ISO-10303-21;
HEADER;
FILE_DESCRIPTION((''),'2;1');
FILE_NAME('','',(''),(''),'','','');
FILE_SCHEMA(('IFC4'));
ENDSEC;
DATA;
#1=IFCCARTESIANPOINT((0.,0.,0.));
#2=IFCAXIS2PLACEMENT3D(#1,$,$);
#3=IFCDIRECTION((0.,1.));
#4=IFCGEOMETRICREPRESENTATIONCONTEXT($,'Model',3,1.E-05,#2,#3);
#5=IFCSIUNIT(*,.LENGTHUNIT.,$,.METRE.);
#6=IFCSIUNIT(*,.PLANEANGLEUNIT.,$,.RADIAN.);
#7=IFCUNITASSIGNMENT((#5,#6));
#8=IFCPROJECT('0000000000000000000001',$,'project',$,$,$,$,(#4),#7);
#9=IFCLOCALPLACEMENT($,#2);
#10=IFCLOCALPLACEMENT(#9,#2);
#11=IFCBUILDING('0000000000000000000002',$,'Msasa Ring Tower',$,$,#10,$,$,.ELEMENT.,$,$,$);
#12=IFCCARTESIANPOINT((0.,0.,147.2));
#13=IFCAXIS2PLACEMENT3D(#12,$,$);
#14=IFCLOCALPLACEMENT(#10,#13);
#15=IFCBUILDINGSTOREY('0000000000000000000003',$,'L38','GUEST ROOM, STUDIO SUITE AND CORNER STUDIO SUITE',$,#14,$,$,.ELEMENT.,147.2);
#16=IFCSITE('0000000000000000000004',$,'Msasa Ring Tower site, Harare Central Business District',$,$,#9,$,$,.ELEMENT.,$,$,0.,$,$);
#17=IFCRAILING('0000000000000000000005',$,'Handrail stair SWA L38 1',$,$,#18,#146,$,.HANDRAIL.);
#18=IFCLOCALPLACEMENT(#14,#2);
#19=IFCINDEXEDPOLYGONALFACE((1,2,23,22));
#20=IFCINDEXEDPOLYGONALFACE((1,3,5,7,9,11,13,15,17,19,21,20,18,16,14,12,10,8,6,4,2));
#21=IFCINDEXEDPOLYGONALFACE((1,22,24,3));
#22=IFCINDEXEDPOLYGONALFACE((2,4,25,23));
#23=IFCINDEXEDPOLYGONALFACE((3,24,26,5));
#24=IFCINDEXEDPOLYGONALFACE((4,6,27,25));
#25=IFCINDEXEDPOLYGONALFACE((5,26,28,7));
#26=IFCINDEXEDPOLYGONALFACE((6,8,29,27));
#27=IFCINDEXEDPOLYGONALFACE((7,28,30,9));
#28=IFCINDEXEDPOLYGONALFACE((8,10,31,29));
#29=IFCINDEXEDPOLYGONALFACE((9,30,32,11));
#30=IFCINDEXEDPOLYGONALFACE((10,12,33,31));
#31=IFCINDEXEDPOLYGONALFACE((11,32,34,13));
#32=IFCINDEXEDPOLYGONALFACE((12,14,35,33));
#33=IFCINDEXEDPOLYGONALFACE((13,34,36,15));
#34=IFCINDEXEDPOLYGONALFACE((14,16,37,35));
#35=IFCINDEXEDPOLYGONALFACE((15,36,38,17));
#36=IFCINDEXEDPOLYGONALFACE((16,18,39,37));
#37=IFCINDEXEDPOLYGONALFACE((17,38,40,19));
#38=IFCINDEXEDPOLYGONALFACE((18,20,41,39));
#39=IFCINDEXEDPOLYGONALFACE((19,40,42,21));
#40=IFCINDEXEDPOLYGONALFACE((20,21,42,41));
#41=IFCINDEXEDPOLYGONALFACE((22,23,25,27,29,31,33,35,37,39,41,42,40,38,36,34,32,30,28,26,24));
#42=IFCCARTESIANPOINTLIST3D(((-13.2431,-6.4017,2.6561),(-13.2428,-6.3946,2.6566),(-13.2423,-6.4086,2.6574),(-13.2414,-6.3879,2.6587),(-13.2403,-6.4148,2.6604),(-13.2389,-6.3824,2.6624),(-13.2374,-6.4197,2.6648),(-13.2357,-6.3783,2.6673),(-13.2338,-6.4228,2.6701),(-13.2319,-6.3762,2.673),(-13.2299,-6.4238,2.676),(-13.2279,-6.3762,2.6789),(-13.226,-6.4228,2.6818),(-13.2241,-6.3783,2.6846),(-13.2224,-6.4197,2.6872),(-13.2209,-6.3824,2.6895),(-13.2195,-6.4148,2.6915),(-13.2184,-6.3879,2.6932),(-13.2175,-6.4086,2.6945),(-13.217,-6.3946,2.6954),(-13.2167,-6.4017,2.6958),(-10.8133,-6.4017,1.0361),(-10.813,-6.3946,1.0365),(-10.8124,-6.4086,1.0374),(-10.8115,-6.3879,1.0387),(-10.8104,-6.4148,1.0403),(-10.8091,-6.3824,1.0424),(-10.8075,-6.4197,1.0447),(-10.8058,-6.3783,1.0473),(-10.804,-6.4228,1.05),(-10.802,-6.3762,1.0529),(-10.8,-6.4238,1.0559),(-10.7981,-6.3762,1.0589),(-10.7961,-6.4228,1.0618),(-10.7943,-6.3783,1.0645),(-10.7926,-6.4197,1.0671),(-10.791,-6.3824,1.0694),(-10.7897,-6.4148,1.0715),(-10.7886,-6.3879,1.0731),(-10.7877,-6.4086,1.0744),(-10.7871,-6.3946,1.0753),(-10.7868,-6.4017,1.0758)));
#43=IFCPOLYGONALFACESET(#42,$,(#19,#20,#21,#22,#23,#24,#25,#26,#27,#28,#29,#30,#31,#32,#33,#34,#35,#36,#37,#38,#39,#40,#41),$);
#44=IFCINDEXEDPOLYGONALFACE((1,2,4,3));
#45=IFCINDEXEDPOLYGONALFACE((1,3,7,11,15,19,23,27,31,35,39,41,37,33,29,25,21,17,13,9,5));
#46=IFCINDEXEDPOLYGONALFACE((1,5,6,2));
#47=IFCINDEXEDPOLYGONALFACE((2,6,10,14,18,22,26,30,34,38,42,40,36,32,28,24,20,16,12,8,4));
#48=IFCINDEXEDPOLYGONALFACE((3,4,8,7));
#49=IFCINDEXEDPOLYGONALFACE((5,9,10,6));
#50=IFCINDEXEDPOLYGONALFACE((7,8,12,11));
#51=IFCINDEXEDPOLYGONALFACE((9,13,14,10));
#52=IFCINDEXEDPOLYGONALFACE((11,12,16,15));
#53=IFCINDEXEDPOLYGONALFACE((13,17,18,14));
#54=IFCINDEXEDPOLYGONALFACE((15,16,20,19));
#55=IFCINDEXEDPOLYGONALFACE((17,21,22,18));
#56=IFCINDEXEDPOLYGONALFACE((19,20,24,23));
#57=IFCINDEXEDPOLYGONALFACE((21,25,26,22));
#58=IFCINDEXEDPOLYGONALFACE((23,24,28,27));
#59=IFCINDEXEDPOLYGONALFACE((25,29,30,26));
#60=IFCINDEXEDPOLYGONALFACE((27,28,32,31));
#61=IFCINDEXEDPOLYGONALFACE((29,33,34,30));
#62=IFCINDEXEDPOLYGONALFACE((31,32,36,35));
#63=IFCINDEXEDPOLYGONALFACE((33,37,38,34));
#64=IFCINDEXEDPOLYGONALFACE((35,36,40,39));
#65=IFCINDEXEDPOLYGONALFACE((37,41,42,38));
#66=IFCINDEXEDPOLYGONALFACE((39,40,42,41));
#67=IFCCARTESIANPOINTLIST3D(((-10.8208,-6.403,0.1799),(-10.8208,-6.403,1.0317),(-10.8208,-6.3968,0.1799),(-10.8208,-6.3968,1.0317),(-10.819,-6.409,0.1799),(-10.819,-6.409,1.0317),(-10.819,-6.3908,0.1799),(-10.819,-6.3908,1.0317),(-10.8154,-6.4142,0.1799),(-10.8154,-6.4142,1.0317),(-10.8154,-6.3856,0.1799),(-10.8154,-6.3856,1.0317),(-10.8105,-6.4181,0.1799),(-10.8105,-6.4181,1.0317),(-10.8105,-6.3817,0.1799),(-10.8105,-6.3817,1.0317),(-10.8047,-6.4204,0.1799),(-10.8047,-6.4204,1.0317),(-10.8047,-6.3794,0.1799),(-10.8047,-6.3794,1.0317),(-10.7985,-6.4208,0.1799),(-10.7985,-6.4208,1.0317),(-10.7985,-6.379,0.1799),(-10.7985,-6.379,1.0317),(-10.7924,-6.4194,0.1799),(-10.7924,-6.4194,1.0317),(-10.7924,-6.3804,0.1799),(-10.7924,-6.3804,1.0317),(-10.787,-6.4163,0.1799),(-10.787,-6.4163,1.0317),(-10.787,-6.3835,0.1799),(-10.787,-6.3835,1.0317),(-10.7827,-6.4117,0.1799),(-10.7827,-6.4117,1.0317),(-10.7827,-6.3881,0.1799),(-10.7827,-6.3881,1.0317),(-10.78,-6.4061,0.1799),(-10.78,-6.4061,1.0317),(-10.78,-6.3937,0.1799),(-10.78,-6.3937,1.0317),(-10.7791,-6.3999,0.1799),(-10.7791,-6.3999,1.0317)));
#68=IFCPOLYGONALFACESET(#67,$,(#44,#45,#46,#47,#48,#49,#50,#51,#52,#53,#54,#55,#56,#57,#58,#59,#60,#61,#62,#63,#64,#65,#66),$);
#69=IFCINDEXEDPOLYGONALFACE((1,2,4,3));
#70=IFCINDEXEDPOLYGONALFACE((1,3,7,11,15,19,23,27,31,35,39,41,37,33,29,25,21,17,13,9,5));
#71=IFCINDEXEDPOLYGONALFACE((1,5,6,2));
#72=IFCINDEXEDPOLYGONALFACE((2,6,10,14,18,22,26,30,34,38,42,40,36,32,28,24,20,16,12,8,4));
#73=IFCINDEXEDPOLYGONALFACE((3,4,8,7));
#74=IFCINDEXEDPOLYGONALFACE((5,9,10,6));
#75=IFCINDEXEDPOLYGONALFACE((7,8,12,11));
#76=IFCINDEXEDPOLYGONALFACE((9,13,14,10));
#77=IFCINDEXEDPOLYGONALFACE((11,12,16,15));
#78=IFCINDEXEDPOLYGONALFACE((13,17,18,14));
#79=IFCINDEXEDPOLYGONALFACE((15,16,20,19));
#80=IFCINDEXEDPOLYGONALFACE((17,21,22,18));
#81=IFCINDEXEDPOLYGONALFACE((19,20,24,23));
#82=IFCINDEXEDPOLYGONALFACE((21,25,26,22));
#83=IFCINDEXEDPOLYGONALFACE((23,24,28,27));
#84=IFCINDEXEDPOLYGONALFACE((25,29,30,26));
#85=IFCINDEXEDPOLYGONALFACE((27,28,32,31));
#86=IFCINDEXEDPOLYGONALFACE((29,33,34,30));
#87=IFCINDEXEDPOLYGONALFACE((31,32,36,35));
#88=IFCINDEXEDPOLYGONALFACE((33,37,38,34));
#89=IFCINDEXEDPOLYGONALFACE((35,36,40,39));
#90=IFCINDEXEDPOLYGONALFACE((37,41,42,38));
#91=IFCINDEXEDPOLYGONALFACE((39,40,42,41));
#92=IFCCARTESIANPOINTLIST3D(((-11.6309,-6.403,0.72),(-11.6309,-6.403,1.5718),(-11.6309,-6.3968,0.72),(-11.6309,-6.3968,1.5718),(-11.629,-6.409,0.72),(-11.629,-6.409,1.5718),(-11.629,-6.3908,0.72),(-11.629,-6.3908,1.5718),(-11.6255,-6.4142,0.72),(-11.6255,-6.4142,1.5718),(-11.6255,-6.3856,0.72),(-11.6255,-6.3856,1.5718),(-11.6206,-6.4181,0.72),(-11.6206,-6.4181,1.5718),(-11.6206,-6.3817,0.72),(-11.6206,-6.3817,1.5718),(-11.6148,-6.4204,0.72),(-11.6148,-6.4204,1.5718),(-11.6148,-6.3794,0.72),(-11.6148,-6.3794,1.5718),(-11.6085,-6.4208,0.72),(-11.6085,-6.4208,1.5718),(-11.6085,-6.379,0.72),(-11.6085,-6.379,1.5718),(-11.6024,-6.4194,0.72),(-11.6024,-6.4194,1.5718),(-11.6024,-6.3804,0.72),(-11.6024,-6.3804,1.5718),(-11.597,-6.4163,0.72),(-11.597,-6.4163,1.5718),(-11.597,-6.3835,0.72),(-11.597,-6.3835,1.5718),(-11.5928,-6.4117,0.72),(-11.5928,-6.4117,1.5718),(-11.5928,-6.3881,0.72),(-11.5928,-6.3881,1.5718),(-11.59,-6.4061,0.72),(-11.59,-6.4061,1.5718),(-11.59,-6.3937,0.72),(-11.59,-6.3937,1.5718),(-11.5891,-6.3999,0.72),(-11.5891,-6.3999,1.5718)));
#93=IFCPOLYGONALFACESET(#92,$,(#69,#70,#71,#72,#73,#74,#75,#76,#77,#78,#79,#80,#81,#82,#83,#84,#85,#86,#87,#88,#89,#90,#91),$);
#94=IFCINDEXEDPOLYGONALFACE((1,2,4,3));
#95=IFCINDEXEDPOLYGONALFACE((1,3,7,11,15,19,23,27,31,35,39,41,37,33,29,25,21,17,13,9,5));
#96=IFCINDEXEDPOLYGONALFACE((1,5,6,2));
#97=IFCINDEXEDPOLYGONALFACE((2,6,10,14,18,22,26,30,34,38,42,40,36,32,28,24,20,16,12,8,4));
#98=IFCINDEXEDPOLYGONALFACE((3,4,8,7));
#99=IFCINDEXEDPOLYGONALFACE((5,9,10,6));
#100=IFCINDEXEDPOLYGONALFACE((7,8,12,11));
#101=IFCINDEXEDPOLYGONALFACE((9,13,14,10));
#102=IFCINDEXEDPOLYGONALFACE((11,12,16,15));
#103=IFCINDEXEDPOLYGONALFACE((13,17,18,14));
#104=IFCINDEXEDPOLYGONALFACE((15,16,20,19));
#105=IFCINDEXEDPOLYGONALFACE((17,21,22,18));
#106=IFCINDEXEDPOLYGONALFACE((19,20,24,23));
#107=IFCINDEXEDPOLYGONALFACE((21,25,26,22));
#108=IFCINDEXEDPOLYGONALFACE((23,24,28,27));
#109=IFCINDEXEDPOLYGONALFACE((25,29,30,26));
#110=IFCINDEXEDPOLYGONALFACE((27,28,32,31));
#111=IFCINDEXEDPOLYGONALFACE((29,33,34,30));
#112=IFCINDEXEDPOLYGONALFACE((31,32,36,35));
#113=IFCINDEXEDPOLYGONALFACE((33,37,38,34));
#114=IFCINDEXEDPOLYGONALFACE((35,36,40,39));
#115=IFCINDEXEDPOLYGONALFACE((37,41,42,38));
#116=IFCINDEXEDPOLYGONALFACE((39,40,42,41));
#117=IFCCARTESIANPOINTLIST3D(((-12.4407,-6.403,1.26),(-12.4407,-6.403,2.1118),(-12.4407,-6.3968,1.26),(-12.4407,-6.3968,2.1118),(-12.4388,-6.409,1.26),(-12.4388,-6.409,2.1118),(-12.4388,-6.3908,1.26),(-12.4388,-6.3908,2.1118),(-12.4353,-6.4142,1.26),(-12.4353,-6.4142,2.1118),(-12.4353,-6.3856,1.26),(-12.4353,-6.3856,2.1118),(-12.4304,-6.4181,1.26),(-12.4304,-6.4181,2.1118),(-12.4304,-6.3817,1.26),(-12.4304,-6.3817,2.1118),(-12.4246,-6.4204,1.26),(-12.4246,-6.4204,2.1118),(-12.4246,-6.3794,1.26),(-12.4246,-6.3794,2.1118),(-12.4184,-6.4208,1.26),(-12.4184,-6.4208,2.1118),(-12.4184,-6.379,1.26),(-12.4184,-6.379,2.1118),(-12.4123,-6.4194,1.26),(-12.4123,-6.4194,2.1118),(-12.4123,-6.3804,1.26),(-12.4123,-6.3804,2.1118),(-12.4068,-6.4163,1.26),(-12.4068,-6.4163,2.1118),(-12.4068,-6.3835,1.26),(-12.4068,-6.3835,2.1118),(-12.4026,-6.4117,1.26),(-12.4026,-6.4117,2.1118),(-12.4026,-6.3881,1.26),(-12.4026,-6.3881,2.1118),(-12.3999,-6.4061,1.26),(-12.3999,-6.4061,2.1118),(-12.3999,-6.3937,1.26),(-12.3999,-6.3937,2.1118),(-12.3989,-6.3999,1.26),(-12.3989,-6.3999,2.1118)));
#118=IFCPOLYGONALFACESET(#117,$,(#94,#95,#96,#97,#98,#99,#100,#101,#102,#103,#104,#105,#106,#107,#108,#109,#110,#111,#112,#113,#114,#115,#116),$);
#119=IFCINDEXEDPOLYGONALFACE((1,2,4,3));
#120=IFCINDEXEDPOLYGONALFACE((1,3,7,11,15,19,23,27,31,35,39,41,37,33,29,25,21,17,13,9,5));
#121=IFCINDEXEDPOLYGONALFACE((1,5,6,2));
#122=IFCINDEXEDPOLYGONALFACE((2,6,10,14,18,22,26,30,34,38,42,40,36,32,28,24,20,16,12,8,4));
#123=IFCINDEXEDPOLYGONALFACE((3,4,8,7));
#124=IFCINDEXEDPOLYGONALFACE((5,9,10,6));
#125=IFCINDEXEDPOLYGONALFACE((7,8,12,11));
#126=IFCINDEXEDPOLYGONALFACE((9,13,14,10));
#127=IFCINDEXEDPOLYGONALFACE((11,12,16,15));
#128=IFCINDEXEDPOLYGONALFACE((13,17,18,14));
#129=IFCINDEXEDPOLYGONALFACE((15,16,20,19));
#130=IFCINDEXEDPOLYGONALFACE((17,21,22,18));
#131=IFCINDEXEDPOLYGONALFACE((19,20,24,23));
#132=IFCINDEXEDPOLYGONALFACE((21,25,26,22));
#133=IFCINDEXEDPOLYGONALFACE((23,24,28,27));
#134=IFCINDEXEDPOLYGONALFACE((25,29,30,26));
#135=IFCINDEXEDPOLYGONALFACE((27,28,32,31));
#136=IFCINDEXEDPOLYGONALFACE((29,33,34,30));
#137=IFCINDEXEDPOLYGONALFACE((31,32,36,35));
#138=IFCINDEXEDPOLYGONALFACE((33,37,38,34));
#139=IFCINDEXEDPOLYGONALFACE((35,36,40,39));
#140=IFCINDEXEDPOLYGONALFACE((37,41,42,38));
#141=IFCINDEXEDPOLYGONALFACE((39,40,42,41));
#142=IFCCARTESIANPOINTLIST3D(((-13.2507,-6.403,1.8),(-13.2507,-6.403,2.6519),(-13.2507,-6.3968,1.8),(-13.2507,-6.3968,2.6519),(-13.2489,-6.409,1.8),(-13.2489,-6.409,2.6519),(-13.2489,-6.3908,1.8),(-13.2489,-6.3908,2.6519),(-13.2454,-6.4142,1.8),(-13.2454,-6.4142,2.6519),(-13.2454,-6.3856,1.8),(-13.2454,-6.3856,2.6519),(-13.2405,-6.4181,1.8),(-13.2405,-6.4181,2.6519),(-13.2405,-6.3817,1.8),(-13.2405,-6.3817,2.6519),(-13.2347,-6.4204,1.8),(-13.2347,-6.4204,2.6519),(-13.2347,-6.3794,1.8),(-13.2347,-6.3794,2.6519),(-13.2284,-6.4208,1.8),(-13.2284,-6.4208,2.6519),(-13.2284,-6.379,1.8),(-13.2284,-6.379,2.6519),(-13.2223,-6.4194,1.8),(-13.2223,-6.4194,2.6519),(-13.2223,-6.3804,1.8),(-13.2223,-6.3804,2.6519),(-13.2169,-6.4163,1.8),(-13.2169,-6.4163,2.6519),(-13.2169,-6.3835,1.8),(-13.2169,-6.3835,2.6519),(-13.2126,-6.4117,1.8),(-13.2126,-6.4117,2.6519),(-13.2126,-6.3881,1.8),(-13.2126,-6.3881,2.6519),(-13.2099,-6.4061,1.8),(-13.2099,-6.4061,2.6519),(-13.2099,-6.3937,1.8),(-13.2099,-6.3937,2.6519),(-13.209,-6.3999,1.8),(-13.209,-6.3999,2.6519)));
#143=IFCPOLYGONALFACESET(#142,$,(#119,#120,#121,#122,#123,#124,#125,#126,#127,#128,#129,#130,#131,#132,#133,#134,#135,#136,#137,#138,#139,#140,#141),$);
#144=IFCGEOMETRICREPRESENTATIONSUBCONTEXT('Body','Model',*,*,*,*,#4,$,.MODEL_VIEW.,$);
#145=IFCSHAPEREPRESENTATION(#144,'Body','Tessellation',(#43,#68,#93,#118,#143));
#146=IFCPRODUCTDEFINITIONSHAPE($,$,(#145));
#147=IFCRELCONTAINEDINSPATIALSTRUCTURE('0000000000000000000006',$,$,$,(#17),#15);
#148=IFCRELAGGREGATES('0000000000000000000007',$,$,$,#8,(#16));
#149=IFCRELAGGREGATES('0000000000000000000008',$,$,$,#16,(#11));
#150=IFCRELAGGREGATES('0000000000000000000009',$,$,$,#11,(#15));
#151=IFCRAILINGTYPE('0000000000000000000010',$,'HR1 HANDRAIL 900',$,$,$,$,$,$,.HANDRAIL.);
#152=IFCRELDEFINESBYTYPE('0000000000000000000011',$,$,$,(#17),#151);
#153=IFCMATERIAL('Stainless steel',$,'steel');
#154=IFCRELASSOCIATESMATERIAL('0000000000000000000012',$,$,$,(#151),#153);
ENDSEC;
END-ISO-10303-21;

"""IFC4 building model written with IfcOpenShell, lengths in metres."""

from ifc_helpers import new_model, si_unit, direction, frame, origin, origin_2d, place, context, subcontext, project, spatial, circle, extrude, material, type_object, element, save


model = new_model("IFC4")

# Units and contexts
model_context = context("Model", 3, precision=1e-05, world=origin(), true_north=direction((0.0, 1.0)))
body_context = subcontext(model_context, "Body", "Model", "MODEL_VIEW")
ifc_project = project(units=[si_unit("LENGTHUNIT", "METRE"), si_unit("PLANEANGLEUNIT", "RADIAN")], contexts=[model_context])

# Site, building, storey
site_placement = place(None, origin())
site = spatial("IfcSite", under=ifc_project, at=site_placement, Name="Msasa Ring Tower site, Harare Central Business District", CompositionType="ELEMENT", RefElevation=0.0)
building_placement = place(site_placement, origin())
building = spatial("IfcBuilding", under=site, at=building_placement, Name="Msasa Ring Tower", CompositionType="ELEMENT")
storey_placement = place(building_placement, frame((0.0, 0.0, 147.2)))
storey = spatial("IfcBuildingStorey", under=building, at=storey_placement, Name="L38", Description="GUEST ROOM, STUDIO SUITE AND CORNER STUDIO SUITE", CompositionType="ELEMENT", Elevation=147.2)

# Railing
ifc_material_1 = material(Name="Stainless steel", Category="steel")
railing_type = type_object("IfcRailingType", Name="HR1 HANDRAIL 900", PredefinedType="HANDRAIL", material=ifc_material_1)
for number, where, name in (
    (1, (-10.8, -6.3999, 0.1799), "Handrail stair SWA L38 1"),
):
    element("IfcRailing", number, at=place(storey_placement, frame(where)), inside=storey, type_object=railing_type, Name=name, PredefinedType="HANDRAIL", context=body_context, shape_type="SweptSolid", body=[
        extrude(circle(Radius=0.0239, at=origin_2d()), frame((0.0, 0.0, 0.876), z_axis=(-0.832025, 0.0, 0.554739), x_axis=(0.0, -1.0, 0.0)), (0.0, 0.0, 1.0), 2.9204),
        extrude(circle(Radius=0.021, at=origin_2d()), origin(), (0.0, 0.0, 1.0), 0.8518),
        extrude(circle(Radius=0.021, at=origin_2d()), frame((-0.8101, 0.0, 0.54)), (0.0, 0.0, 1.0), 0.8518),
        extrude(circle(Radius=0.021, at=origin_2d()), frame((-1.6199, 0.0, 1.0801)), (0.0, 0.0, 1.0), 0.8518),
        extrude(circle(Radius=0.021, at=origin_2d()), frame((-2.4299, 0.0, 1.6201)), (0.0, 0.0, 1.0), 0.8518),
    ])

save(model, "model.ifc")
